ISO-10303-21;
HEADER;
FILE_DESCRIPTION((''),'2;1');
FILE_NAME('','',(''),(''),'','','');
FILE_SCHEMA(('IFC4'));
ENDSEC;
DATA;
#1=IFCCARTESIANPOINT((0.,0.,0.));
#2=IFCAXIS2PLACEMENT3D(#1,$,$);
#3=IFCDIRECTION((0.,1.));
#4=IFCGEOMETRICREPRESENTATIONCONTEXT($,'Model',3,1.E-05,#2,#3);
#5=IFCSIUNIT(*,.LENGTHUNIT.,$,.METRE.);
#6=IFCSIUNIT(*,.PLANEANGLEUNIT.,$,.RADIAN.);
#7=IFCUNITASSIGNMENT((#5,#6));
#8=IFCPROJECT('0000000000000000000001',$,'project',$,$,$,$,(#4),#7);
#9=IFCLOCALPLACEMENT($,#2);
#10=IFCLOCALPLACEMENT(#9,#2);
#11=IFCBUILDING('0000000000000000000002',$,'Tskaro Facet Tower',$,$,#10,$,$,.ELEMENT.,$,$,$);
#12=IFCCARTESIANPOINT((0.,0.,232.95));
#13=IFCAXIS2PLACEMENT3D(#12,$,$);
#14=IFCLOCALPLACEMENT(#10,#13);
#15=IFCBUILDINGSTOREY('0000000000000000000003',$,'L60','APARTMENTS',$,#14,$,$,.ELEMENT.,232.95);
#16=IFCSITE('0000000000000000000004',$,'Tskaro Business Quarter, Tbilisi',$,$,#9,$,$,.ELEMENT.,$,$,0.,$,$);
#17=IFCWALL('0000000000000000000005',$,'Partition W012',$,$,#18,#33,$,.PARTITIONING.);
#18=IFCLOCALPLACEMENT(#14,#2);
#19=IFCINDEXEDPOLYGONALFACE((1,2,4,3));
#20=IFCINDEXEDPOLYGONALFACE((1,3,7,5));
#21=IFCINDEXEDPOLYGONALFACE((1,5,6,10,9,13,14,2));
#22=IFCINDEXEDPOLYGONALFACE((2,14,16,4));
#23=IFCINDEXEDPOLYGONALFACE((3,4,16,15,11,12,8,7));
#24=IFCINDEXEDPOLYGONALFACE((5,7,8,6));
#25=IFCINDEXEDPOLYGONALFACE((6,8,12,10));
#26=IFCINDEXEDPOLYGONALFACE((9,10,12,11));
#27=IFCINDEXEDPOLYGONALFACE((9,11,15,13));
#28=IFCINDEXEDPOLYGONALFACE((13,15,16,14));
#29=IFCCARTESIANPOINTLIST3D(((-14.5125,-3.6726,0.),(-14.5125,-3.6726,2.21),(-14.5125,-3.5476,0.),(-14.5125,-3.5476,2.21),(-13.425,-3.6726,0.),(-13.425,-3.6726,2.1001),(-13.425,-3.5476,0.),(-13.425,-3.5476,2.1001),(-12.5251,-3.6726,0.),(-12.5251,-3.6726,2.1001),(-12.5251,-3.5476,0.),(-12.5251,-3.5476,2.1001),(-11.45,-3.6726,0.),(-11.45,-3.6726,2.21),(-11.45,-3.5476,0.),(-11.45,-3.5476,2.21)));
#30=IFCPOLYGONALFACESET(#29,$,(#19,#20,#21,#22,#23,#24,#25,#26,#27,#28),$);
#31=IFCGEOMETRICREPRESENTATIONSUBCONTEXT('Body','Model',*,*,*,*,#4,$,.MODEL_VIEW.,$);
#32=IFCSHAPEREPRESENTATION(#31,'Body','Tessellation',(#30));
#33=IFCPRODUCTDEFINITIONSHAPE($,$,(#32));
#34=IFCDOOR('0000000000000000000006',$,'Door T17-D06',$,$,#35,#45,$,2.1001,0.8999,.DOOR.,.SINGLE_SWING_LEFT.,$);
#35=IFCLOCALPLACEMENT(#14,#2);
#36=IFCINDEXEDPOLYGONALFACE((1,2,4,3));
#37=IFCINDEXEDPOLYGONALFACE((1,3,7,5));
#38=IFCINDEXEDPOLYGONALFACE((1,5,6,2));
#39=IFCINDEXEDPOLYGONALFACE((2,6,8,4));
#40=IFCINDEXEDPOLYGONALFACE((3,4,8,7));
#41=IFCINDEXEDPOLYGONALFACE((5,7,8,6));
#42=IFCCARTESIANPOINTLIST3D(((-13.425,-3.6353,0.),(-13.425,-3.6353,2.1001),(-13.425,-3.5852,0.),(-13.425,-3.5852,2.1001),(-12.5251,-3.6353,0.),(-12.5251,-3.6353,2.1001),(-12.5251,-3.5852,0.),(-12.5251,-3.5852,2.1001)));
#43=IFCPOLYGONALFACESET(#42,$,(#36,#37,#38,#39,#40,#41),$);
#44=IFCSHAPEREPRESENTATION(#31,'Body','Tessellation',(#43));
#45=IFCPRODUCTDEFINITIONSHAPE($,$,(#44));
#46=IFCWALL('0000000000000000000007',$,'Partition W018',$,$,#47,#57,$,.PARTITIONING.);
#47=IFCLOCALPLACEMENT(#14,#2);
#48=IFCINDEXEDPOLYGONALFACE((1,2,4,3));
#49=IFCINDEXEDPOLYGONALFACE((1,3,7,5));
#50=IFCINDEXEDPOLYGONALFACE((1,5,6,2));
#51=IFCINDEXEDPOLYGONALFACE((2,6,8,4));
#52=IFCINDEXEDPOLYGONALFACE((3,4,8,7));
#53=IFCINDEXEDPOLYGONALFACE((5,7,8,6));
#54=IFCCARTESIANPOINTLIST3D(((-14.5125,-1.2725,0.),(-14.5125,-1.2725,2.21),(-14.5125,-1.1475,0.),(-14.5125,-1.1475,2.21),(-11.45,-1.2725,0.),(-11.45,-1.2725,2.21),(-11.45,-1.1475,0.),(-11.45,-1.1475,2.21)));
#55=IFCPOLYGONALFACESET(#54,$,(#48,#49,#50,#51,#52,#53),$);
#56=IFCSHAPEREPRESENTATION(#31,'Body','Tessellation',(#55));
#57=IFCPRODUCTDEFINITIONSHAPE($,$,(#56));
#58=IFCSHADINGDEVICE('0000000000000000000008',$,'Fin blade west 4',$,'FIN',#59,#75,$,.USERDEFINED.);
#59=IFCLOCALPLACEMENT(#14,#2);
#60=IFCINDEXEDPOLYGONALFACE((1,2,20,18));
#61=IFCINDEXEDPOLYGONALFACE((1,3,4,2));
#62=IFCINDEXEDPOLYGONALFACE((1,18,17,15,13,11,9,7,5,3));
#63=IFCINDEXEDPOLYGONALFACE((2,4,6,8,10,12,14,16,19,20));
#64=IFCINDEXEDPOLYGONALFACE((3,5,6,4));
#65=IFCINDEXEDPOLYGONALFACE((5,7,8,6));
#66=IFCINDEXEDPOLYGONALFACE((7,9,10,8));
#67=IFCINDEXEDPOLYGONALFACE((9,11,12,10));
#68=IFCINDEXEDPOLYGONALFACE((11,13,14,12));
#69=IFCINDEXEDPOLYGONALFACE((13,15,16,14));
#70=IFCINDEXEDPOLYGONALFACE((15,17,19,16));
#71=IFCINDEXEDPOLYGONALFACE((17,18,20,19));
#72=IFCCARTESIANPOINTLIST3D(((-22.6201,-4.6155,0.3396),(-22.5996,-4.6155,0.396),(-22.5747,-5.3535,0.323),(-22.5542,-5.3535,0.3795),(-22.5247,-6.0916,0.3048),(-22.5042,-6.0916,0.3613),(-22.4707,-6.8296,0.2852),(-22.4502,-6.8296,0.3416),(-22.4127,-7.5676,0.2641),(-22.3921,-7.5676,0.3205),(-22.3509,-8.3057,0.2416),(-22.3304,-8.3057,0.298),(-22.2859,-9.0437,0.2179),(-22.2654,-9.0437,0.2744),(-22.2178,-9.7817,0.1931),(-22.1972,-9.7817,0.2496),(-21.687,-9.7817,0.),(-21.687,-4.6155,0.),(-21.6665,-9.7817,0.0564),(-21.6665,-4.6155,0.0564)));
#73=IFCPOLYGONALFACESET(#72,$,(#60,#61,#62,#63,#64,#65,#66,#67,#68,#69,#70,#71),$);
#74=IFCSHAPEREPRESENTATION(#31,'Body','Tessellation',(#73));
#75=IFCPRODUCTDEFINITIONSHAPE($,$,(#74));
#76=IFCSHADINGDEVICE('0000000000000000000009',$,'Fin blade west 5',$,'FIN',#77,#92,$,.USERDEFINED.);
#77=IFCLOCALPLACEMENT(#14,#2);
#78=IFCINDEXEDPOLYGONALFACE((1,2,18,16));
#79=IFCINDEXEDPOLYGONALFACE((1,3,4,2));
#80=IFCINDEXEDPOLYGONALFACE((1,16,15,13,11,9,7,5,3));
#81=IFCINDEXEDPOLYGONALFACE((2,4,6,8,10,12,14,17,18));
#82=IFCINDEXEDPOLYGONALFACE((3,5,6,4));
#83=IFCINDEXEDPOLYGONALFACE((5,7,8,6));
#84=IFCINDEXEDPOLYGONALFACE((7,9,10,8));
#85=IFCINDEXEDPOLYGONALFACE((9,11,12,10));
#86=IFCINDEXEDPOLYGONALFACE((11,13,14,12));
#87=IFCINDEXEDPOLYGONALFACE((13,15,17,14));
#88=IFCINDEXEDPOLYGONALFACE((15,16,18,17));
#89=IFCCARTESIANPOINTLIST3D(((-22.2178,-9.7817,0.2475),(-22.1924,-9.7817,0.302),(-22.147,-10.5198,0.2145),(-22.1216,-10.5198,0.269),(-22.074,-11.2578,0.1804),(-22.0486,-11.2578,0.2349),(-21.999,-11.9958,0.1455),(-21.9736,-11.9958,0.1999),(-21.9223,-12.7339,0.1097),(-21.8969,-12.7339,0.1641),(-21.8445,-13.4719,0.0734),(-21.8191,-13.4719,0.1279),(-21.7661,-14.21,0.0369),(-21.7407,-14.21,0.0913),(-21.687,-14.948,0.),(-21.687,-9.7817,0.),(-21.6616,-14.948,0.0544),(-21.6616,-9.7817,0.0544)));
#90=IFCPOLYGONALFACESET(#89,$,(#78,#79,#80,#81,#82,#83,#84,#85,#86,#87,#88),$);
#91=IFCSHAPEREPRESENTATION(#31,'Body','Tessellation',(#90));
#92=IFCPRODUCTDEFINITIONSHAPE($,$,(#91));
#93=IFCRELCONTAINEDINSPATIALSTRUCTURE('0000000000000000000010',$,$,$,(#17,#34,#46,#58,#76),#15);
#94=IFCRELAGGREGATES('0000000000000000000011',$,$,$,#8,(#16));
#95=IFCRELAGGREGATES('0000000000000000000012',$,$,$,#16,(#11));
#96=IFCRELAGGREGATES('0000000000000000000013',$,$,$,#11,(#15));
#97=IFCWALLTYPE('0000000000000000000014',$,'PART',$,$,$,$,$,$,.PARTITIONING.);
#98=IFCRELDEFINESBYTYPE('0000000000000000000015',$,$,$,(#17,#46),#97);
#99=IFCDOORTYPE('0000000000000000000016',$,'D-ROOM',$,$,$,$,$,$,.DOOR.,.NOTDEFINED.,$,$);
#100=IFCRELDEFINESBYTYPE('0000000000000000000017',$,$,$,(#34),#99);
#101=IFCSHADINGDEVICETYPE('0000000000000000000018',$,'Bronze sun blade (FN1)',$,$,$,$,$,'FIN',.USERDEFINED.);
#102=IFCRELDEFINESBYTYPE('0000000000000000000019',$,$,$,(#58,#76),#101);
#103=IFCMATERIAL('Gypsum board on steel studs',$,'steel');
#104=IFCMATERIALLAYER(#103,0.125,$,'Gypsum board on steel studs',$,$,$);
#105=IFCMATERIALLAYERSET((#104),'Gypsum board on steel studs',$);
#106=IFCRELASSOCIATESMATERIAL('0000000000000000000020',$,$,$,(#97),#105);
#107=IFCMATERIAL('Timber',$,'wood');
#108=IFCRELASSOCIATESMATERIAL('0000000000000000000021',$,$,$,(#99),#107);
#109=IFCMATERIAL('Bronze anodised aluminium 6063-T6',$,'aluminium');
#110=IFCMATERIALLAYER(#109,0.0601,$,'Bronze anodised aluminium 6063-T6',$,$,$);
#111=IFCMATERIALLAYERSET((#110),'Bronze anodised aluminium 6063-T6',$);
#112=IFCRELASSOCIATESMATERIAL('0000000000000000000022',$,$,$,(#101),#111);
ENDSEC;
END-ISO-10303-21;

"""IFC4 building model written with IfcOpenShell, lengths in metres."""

from ifc_helpers import new_model, si_unit, direction, frame, frame_2d, origin, place, context, subcontext, project, spatial, polyline, rectangle, outline, extrude, material, layer, layer_set, type_object, element, fill, save


model = new_model("IFC4")

# Units and contexts
model_context = context("Model", 3, precision=1e-05, world=origin(), true_north=direction((0.0, 1.0)))
body_context = subcontext(model_context, "Body", "Model", "MODEL_VIEW")
ifc_project = project(units=[si_unit("LENGTHUNIT", "METRE"), si_unit("PLANEANGLEUNIT", "RADIAN")], contexts=[model_context])

# Site, building, storey
site_placement = place(None, origin())
site = spatial("IfcSite", under=ifc_project, at=site_placement, Name="Tskaro Business Quarter, Tbilisi", CompositionType="ELEMENT", RefElevation=0.0)
building_placement = place(site_placement, origin())
building = spatial("IfcBuilding", under=site, at=building_placement, Name="Tskaro Facet Tower", CompositionType="ELEMENT")
storey_placement = place(building_placement, frame((0.0, 0.0, 232.95)))
storey = spatial("IfcBuildingStorey", under=building, at=storey_placement, Name="L60", Description="APARTMENTS", CompositionType="ELEMENT", Elevation=232.95)

# Shared definitions
ifc_material_1 = material(Name="Bronze anodised aluminium 6063-T6", Category="aluminium")

# Shared definitions
ifc_material_2 = material(Name="Gypsum board on steel studs", Category="steel")
ifc_layer_1 = layer(ifc_material_2, 0.125, Name="Gypsum board on steel studs")
ifc_layer_set_1 = layer_set([ifc_layer_1], Name="Gypsum board on steel studs")
wall_type_1 = type_object("IfcWallType", Name="PART", PredefinedType="PARTITIONING", material=ifc_layer_set_1)

# Wall, opening, door
wall_1_placement = place(storey_placement, frame((-14.5125, -3.6101, 0.0), z_axis=(0.0, 0.0, 1.0), x_axis=(1.0, 0.0, 0.0)))
wall_1 = element("IfcWall", 1, at=wall_1_placement, inside=storey, type_object=wall_type_1, Name="Partition W012", PredefinedType="PARTITIONING", context=body_context, shape_type="SweptSolid", body=[
    extrude(rectangle(XDim=3.0625, YDim=0.125, at=frame_2d((1.5312, 0.0))), origin(), (0.0, 0.0, 1.0), 2.21),
])
opening_1_placement = place(wall_1_placement, frame((1.0874, 0.0, 0.0)))
opening_1 = element("IfcOpeningElement", 2, at=opening_1_placement, cuts=wall_1, PredefinedType="OPENING", context=body_context, shape_type="SweptSolid", body=[
    extrude(rectangle(XDim=0.8999, YDim=2.1001, at=frame_2d((0.45, 1.05))), frame((0.0, 0.0725, 0.0), z_axis=(0.0, -1.0, 0.0), x_axis=(1.0, 0.0, 0.0)), (0.0, 0.0, 1.0), 0.145),
])
ifc_material_3 = material(Name="Timber", Category="wood")
door_type_1 = type_object("IfcDoorType", Name="D-ROOM", OperationType="NOTDEFINED", PredefinedType="DOOR", material=ifc_material_3)
door_1_placement = place(opening_1_placement, origin())
door_1 = element("IfcDoor", 3, at=door_1_placement, inside=storey, type_object=door_type_1, Name="Door T17-D06", OperationType="SINGLE_SWING_LEFT", OverallHeight=2.1001, OverallWidth=0.8999, PredefinedType="DOOR", context=body_context, shape_type="SweptSolid", body=[
    extrude(rectangle(XDim=0.8999, YDim=2.1001, at=frame_2d((0.45, 1.05))), frame((0.0, 0.0249, 0.0), z_axis=(0.0, -1.0, 0.0), x_axis=(1.0, 0.0, 0.0)), (0.0, 0.0, 1.0), 0.05),
])
fill(opening_1, door_1)

# Wall
wall_2_placement = place(storey_placement, frame((-14.5125, -1.21, 0.0), z_axis=(0.0, 0.0, 1.0), x_axis=(1.0, 0.0, 0.0)))
element("IfcWall", 4, at=wall_2_placement, inside=storey, type_object=wall_type_1, Name="Partition W018", PredefinedType="PARTITIONING", context=body_context, shape_type="SweptSolid", body=[
    extrude(rectangle(XDim=3.0625, YDim=0.125, at=frame_2d((1.5312, 0.0))), origin(), (0.0, 0.0, 1.0), 2.21),
])

# Shading devices
ifc_layer_2 = layer(ifc_material_1, 0.0601, Name="Bronze anodised aluminium 6063-T6")
ifc_layer_set_2 = layer_set([ifc_layer_2], Name="Bronze anodised aluminium 6063-T6")
shading_device_type = type_object("IfcShadingDeviceType", Name="Bronze sun blade (FN1)", ElementType="FIN", PredefinedType="USERDEFINED", material=ifc_layer_set_2)
shading_device_1_placement = place(storey_placement, frame((-21.6665, -4.6155, 0.0564), z_axis=(0.342025, -0.000001, 0.939691), x_axis=(0.0, -1.0, -0.000001)))
element("IfcShadingDevice", 5, at=shading_device_1_placement, inside=storey, type_object=shading_device_type, Name="Fin blade west 4", ObjectType="FIN", PredefinedType="USERDEFINED", context=body_context, shape_type="SweptSolid", body=[
    extrude(outline(polyline([(0.0, 0.0), (5.1663, 0.0), (5.1663, -0.5648), (4.4282, -0.6373), (3.6902, -0.7065), (2.9521, -0.7722), (2.2141, -0.834), (1.4761, -0.8914), (0.738, -0.9446), (0.0, -0.993), (0.0, 0.0)])), origin(), (0.0, 0.0, -1.0), 0.0601),
])
shading_device_2_placement = place(storey_placement, frame((-21.6616, -9.7817, 0.0544), z_axis=(0.422636, -0.000009, 0.906299), x_axis=(-0.000004, -1.0, -0.000008)))
element("IfcShadingDevice", 6, at=shading_device_2_placement, inside=storey, type_object=shading_device_type, Name="Fin blade west 5", ObjectType="FIN", PredefinedType="USERDEFINED", context=body_context, shape_type="SweptSolid", body=[
    extrude(outline(polyline([(0.0, 0.0), (5.1663, 0.0), (4.4282, -0.0873), (3.6902, -0.1738), (2.9521, -0.2596), (2.2141, -0.3443), (1.4761, -0.427), (0.738, -0.5076), (0.0, -0.5857), (0.0, 0.0)])), origin(), (0.0, 0.0, -1.0), 0.0601),
])

save(model, "model.ifc")
